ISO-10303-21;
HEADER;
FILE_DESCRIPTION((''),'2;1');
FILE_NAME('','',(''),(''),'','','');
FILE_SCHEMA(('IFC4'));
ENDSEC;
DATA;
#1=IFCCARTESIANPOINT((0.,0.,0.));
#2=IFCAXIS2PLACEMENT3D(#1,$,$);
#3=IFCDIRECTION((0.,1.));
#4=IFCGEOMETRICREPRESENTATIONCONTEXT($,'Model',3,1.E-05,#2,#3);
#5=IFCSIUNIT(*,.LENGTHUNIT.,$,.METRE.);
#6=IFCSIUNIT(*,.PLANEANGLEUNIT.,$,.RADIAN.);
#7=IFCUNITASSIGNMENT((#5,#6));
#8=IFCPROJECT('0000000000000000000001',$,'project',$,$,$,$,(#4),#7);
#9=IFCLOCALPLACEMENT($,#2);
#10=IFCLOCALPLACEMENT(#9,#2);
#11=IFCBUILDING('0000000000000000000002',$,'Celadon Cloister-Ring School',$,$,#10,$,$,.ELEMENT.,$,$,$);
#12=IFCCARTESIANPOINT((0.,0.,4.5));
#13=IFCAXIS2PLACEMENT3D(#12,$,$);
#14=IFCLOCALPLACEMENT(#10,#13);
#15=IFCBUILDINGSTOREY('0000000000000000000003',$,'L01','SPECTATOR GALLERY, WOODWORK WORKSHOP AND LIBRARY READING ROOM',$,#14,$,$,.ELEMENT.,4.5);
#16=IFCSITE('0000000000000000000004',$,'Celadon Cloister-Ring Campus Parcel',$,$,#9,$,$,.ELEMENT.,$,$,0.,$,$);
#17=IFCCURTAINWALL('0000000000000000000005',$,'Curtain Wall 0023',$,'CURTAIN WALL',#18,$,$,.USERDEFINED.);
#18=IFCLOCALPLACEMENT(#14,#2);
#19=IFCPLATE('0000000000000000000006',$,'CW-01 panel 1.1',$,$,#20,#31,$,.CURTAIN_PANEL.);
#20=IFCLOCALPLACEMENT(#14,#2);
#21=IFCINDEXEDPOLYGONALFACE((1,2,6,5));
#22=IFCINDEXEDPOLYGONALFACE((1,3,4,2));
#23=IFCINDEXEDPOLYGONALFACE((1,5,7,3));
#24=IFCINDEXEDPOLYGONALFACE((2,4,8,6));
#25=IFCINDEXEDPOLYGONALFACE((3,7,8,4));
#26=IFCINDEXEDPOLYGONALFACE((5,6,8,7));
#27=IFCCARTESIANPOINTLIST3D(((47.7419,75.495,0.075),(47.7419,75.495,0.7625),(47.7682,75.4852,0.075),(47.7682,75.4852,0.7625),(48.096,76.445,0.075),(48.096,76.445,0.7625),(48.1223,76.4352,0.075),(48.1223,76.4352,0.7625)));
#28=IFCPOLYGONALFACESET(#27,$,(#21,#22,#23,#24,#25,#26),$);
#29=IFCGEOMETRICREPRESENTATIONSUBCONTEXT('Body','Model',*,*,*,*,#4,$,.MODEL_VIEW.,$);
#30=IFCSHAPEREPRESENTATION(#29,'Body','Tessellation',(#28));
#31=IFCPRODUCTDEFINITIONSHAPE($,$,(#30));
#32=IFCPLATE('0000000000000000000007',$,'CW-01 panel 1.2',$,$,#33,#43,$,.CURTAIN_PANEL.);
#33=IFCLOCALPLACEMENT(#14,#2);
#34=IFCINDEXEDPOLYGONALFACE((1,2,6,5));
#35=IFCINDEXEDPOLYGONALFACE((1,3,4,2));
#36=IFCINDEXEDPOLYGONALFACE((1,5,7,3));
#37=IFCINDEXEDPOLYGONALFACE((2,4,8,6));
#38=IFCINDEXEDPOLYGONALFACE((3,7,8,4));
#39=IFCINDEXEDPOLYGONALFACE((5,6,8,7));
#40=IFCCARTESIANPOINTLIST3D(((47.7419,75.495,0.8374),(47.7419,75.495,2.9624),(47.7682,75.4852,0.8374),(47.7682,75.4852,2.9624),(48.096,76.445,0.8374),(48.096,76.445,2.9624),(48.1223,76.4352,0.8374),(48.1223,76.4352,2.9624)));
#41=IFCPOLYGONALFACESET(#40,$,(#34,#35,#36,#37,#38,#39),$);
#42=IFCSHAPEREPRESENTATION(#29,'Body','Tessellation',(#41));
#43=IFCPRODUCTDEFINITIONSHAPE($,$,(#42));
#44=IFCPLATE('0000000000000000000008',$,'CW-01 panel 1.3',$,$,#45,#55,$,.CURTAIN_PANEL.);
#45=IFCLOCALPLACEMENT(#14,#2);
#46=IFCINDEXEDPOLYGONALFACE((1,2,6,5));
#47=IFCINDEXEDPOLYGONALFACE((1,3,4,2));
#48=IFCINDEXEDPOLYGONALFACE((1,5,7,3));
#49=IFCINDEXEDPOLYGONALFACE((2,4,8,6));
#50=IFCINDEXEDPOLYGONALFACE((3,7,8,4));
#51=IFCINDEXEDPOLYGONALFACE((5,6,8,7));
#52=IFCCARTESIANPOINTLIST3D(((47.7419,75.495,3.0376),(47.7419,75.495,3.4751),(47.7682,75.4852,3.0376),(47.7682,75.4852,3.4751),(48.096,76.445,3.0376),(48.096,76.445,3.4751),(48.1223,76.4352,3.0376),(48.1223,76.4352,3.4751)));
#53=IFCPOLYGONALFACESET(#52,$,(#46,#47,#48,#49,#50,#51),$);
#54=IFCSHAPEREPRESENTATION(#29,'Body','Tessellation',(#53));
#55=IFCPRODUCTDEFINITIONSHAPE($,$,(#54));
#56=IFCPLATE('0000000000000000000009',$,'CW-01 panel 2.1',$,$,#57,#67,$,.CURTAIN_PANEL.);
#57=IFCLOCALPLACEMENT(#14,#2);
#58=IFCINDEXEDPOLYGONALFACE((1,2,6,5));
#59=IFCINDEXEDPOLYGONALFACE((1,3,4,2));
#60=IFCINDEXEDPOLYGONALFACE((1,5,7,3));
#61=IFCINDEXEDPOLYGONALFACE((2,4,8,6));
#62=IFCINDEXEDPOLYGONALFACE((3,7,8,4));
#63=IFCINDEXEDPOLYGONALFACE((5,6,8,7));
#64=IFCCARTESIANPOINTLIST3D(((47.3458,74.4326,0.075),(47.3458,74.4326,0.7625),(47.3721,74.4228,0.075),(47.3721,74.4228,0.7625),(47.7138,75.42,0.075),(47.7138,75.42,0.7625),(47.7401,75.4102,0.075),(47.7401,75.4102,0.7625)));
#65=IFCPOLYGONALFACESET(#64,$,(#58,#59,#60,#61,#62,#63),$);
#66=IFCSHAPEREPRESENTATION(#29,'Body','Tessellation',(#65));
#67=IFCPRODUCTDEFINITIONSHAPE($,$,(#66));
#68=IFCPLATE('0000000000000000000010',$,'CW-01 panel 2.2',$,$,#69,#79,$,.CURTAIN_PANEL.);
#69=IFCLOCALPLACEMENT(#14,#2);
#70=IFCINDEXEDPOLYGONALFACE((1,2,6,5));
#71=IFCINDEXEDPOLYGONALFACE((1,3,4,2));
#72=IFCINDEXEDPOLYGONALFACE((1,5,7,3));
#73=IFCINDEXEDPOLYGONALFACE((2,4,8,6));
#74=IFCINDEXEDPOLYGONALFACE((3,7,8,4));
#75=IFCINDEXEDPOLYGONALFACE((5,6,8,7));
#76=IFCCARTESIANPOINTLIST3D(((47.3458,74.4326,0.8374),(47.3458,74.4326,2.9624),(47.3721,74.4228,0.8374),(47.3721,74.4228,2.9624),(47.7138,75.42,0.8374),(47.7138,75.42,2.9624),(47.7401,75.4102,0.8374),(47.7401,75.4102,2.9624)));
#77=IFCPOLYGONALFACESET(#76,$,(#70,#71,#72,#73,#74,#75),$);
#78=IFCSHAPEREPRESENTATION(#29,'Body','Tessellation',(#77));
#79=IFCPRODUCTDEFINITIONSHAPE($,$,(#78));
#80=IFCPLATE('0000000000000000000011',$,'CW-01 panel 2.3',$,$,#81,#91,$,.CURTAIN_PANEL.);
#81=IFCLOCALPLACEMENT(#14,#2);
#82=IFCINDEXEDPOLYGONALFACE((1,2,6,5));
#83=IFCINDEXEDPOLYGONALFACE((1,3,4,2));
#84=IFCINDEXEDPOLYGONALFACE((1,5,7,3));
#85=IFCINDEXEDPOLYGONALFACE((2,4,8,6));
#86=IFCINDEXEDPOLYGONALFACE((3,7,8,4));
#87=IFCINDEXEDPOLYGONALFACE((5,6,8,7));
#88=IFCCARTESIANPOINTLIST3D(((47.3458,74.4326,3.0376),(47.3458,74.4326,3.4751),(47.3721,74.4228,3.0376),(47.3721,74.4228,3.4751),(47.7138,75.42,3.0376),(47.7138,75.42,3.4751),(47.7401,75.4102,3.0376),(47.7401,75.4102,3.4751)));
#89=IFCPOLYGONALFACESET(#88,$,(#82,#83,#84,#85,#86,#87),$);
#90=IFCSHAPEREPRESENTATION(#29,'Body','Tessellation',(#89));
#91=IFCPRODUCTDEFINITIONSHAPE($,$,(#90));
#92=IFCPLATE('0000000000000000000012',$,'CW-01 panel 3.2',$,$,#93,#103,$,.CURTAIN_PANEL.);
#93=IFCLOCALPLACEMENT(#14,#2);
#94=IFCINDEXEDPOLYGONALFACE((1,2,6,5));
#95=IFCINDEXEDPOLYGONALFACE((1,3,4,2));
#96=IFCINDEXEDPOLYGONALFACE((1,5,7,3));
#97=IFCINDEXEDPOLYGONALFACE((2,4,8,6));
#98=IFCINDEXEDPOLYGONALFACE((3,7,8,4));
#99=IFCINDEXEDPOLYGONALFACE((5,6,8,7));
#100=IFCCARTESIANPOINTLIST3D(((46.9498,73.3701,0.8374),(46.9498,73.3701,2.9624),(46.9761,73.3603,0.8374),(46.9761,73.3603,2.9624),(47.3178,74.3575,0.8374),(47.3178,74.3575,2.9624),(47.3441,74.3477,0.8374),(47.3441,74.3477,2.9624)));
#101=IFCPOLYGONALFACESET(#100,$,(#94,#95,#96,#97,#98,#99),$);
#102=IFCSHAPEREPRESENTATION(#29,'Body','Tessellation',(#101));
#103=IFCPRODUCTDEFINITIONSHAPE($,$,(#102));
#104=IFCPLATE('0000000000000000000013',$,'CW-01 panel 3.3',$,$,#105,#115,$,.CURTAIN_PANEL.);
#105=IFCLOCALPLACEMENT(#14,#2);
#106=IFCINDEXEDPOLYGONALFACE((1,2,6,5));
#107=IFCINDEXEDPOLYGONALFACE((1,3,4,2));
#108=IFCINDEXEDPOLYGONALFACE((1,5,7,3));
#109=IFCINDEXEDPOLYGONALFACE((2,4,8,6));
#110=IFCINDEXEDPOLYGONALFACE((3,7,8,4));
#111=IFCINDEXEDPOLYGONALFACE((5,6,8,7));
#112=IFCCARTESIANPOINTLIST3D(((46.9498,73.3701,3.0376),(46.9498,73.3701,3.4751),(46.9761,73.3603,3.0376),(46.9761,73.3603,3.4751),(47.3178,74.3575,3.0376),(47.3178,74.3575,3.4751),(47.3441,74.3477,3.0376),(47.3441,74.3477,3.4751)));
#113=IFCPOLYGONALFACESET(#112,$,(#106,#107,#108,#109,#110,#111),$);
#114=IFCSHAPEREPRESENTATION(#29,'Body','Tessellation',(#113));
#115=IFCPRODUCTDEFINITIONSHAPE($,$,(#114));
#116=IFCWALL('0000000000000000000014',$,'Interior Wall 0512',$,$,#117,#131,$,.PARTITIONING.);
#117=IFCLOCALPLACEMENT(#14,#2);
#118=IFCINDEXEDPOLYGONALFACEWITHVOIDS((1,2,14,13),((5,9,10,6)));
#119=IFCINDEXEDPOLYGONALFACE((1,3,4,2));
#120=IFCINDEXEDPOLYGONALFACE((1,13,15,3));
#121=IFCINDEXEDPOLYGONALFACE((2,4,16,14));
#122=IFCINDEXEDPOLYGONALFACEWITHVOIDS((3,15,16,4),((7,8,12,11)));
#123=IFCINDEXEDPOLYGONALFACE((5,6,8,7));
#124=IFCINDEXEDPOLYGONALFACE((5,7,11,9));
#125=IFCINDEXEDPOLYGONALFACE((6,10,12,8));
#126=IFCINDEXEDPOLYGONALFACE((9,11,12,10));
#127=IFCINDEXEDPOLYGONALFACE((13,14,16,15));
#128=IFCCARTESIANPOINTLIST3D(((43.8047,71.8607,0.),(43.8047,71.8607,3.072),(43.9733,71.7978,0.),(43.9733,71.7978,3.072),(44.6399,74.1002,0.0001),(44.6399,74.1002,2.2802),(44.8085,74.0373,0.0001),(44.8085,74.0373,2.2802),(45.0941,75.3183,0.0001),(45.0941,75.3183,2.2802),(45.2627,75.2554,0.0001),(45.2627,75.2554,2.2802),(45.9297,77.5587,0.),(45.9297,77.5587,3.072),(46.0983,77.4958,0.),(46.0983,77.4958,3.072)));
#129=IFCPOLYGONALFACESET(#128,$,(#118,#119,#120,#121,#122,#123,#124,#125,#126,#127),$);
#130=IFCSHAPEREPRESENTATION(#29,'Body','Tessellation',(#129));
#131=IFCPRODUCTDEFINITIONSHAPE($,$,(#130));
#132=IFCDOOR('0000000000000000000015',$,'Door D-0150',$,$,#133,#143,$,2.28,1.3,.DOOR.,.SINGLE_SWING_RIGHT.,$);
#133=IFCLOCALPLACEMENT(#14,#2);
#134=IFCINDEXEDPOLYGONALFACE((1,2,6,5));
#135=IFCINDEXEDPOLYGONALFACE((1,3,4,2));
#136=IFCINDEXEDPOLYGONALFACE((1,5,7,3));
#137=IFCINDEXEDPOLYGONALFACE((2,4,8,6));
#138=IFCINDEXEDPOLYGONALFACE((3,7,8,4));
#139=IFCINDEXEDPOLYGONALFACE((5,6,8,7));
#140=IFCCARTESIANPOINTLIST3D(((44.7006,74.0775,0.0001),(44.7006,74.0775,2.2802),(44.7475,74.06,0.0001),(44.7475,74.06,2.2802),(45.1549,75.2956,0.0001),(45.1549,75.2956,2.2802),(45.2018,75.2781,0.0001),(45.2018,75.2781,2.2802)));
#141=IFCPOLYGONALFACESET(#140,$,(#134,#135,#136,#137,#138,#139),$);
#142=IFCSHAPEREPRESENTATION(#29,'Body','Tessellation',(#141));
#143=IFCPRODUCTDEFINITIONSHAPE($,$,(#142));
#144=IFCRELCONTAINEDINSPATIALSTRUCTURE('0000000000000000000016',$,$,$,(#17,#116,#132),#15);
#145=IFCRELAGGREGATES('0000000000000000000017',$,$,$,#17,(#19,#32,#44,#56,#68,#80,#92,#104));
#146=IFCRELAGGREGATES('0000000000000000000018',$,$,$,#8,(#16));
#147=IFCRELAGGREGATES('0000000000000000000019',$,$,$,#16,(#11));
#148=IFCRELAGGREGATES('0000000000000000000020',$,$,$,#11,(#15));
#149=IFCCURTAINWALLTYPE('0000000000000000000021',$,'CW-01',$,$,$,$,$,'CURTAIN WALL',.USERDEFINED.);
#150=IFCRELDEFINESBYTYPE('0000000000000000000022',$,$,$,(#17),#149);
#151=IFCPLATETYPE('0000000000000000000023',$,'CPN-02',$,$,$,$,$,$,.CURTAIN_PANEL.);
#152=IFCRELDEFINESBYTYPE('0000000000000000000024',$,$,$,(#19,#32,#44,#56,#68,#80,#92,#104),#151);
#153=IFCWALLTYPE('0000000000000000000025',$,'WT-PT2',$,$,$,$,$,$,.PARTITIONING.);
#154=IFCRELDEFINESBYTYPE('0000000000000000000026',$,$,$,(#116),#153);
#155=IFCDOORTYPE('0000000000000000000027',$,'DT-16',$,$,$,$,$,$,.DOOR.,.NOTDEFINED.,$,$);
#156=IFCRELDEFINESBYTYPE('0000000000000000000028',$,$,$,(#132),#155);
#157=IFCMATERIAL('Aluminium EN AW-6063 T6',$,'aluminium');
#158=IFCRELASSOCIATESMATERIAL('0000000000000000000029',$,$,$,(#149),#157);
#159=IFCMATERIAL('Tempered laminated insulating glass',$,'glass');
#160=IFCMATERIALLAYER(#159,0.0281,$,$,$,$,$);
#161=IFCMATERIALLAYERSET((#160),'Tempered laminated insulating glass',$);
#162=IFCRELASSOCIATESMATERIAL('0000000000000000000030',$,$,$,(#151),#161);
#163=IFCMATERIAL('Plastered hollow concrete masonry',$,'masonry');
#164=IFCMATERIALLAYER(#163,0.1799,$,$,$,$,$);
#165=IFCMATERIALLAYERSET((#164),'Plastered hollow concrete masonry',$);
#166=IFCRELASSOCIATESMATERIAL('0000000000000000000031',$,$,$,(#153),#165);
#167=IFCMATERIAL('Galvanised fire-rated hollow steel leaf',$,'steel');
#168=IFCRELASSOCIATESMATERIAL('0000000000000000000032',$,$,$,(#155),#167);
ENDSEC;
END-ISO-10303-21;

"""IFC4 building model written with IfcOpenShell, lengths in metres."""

from ifc_helpers import new_model, si_unit, direction, frame, frame_2d, origin, origin_2d, place, context, subcontext, project, spatial, rectangle, extrude, material, layer, layer_set, type_object, element, fill, aggregate, save


model = new_model("IFC4")

# Units and contexts
model_context = context("Model", 3, precision=1e-05, world=origin(), true_north=direction((0.0, 1.0)))
body_context = subcontext(model_context, "Body", "Model", "MODEL_VIEW")
ifc_project = project(units=[si_unit("LENGTHUNIT", "METRE"), si_unit("PLANEANGLEUNIT", "RADIAN")], contexts=[model_context])

# Site, building, storey
site_placement = place(None, origin())
site = spatial("IfcSite", under=ifc_project, at=site_placement, Name="Celadon Cloister-Ring Campus Parcel", CompositionType="ELEMENT", RefElevation=0.0)
building_placement = place(site_placement, origin())
building = spatial("IfcBuilding", under=site, at=building_placement, Name="Celadon Cloister-Ring School", CompositionType="ELEMENT")
storey_placement = place(building_placement, frame((0.0, 0.0, 4.5)))
storey = spatial("IfcBuildingStorey", under=building, at=storey_placement, Name="L01", Description="SPECTATOR GALLERY, WOODWORK WORKSHOP AND LIBRARY READING ROOM", CompositionType="ELEMENT", Elevation=4.5)

# Curtain wall
ifc_material_1 = material(Name="Aluminium EN AW-6063 T6", Category="aluminium")
curtain_wall_type = type_object("IfcCurtainWallType", Name="CW-01", ElementType="CURTAIN WALL", PredefinedType="USERDEFINED", material=ifc_material_1)
curtain_wall_placement = place(storey_placement, origin())
curtain_wall = element("IfcCurtainWall", 1, at=curtain_wall_placement, inside=storey, type_object=curtain_wall_type, Name="Curtain Wall 0023", ObjectType="CURTAIN WALL", PredefinedType="USERDEFINED")

# Plates
ifc_material_2 = material(Name="Tempered laminated insulating glass", Category="glass")
ifc_layer_1 = layer(ifc_material_2, 0.0281)
ifc_layer_set_1 = layer_set([ifc_layer_1], Name="Tempered laminated insulating glass")
plate_type = type_object("IfcPlateType", Name="CPN-02", PredefinedType="CURTAIN_PANEL", material=ifc_layer_set_1)
plate_1_placement = place(storey_placement, frame((47.9321, 75.9651, 0.075), z_axis=(0.0, 0.0, 1.0), x_axis=(-0.349267, -0.937023, 0.0)))
plate_1 = element("IfcPlate", 2, at=plate_1_placement, type_object=plate_type, Name="CW-01 panel 1.1", PredefinedType="CURTAIN_PANEL", context=body_context, shape_type="SweptSolid", body=[
    extrude(rectangle(XDim=1.0139, YDim=0.0281, at=origin_2d()), origin(), (0.0, 0.0, 1.0), 0.6875),
])
plate_2_placement = place(storey_placement, frame((47.9321, 75.9651, 0.8374), z_axis=(0.0, 0.0, 1.0), x_axis=(-0.349267, -0.937023, 0.0)))
plate_2 = element("IfcPlate", 3, at=plate_2_placement, type_object=plate_type, Name="CW-01 panel 1.2", PredefinedType="CURTAIN_PANEL", context=body_context, shape_type="SweptSolid", body=[
    extrude(rectangle(XDim=1.0139, YDim=0.0281, at=origin_2d()), origin(), (0.0, 0.0, 1.0), 2.125),
])
plate_3_placement = place(storey_placement, frame((47.9321, 75.9651, 3.0376), z_axis=(0.0, 0.0, 1.0), x_axis=(-0.349267, -0.937023, 0.0)))
plate_3 = element("IfcPlate", 4, at=plate_3_placement, type_object=plate_type, Name="CW-01 panel 1.3", PredefinedType="CURTAIN_PANEL", context=body_context, shape_type="SweptSolid", body=[
    extrude(rectangle(XDim=1.0139, YDim=0.0281, at=origin_2d()), origin(), (0.0, 0.0, 1.0), 0.4375),
])
plate_4_placement = place(storey_placement, frame((47.543, 74.9214, 0.075), z_axis=(0.0, 0.0, 1.0), x_axis=(-0.349267, -0.937023, 0.0)))
plate_4 = element("IfcPlate", 5, at=plate_4_placement, type_object=plate_type, Name="CW-01 panel 2.1", PredefinedType="CURTAIN_PANEL", context=body_context, shape_type="SweptSolid", body=[
    extrude(rectangle(XDim=1.0537, YDim=0.0281, at=origin_2d()), origin(), (0.0, 0.0, 1.0), 0.6875),
])
plate_5_placement = place(storey_placement, frame((47.543, 74.9214, 0.8374), z_axis=(0.0, 0.0, 1.0), x_axis=(-0.349267, -0.937023, 0.0)))
plate_5 = element("IfcPlate", 6, at=plate_5_placement, type_object=plate_type, Name="CW-01 panel 2.2", PredefinedType="CURTAIN_PANEL", context=body_context, shape_type="SweptSolid", body=[
    extrude(rectangle(XDim=1.0537, YDim=0.0281, at=origin_2d()), origin(), (0.0, 0.0, 1.0), 2.125),
])
plate_6_placement = place(storey_placement, frame((47.543, 74.9214, 3.0376), z_axis=(0.0, 0.0, 1.0), x_axis=(-0.349267, -0.937023, 0.0)))
plate_6 = element("IfcPlate", 7, at=plate_6_placement, type_object=plate_type, Name="CW-01 panel 2.3", PredefinedType="CURTAIN_PANEL", context=body_context, shape_type="SweptSolid", body=[
    extrude(rectangle(XDim=1.0537, YDim=0.0281, at=origin_2d()), origin(), (0.0, 0.0, 1.0), 0.4375),
])
plate_7_placement = place(storey_placement, frame((47.147, 73.8589, 0.8374), z_axis=(0.0, 0.0, 1.0), x_axis=(-0.349267, -0.937023, 0.0)))
plate_7 = element("IfcPlate", 8, at=plate_7_placement, type_object=plate_type, Name="CW-01 panel 3.2", PredefinedType="CURTAIN_PANEL", context=body_context, shape_type="SweptSolid", body=[
    extrude(rectangle(XDim=1.0537, YDim=0.0281, at=origin_2d()), origin(), (0.0, 0.0, 1.0), 2.125),
])
plate_8_placement = place(storey_placement, frame((47.147, 73.8589, 3.0376), z_axis=(0.0, 0.0, 1.0), x_axis=(-0.349267, -0.937023, 0.0)))
plate_8 = element("IfcPlate", 9, at=plate_8_placement, type_object=plate_type, Name="CW-01 panel 3.3", PredefinedType="CURTAIN_PANEL", context=body_context, shape_type="SweptSolid", body=[
    extrude(rectangle(XDim=1.0537, YDim=0.0281, at=origin_2d()), origin(), (0.0, 0.0, 1.0), 0.4375),
])
aggregate(curtain_wall, [plate_1, plate_2, plate_3, plate_4, plate_5, plate_6, plate_7, plate_8])

# Wall, opening, door
ifc_material_3 = material(Name="Plastered hollow concrete masonry", Category="masonry")
ifc_layer_2 = layer(ifc_material_3, 0.1799)
ifc_layer_set_2 = layer_set([ifc_layer_2], Name="Plastered hollow concrete masonry")
wall_type = type_object("IfcWallType", Name="WT-PT2", PredefinedType="PARTITIONING", material=ifc_layer_set_2)
wall_placement = place(storey_placement, frame((46.0139, 77.5271, 0.0), z_axis=(0.0, 0.0, 1.0), x_axis=(-0.349429, -0.936963, 0.0)))
wall = element("IfcWall", 10, at=wall_placement, inside=storey, type_object=wall_type, Name="Interior Wall 0512", PredefinedType="PARTITIONING", context=body_context, shape_type="SweptSolid", body=[
    extrude(rectangle(XDim=6.0813, YDim=0.1799, at=frame_2d((3.0405, 0.0))), origin(), (0.0, 0.0, 1.0), 3.072),
])
opening_placement = place(wall_placement, frame((2.3911, 0.0, 0.0)))
opening = element("IfcOpeningElement", 11, at=opening_placement, cuts=wall, PredefinedType="OPENING", context=body_context, shape_type="SweptSolid", body=[
    extrude(rectangle(XDim=1.3, YDim=2.28, at=frame_2d((0.6499, 1.1401))), frame((0.0, 0.1001, 0.0), z_axis=(0.0, -1.0, 0.0), x_axis=(1.0, 0.0, 0.0)), (0.0, 0.0, 1.0), 0.2),
])
ifc_material_4 = material(Name="Galvanised fire-rated hollow steel leaf", Category="steel")
door_type = type_object("IfcDoorType", Name="DT-16", OperationType="NOTDEFINED", PredefinedType="DOOR", material=ifc_material_4)
door_placement = place(opening_placement, origin())
door = element("IfcDoor", 12, at=door_placement, inside=storey, type_object=door_type, Name="Door D-0150", OperationType="SINGLE_SWING_RIGHT", OverallHeight=2.28, OverallWidth=1.3, PredefinedType="DOOR", context=body_context, shape_type="SweptSolid", body=[
    extrude(rectangle(XDim=1.3, YDim=2.28, at=frame_2d((0.6499, 1.1401))), frame((0.0, 0.0249, 0.0), z_axis=(0.0, -1.0, 0.0), x_axis=(1.0, 0.0, 0.0)), (0.0, 0.0, 1.0), 0.05),
])
fill(opening, door)

save(model, "model.ifc")
